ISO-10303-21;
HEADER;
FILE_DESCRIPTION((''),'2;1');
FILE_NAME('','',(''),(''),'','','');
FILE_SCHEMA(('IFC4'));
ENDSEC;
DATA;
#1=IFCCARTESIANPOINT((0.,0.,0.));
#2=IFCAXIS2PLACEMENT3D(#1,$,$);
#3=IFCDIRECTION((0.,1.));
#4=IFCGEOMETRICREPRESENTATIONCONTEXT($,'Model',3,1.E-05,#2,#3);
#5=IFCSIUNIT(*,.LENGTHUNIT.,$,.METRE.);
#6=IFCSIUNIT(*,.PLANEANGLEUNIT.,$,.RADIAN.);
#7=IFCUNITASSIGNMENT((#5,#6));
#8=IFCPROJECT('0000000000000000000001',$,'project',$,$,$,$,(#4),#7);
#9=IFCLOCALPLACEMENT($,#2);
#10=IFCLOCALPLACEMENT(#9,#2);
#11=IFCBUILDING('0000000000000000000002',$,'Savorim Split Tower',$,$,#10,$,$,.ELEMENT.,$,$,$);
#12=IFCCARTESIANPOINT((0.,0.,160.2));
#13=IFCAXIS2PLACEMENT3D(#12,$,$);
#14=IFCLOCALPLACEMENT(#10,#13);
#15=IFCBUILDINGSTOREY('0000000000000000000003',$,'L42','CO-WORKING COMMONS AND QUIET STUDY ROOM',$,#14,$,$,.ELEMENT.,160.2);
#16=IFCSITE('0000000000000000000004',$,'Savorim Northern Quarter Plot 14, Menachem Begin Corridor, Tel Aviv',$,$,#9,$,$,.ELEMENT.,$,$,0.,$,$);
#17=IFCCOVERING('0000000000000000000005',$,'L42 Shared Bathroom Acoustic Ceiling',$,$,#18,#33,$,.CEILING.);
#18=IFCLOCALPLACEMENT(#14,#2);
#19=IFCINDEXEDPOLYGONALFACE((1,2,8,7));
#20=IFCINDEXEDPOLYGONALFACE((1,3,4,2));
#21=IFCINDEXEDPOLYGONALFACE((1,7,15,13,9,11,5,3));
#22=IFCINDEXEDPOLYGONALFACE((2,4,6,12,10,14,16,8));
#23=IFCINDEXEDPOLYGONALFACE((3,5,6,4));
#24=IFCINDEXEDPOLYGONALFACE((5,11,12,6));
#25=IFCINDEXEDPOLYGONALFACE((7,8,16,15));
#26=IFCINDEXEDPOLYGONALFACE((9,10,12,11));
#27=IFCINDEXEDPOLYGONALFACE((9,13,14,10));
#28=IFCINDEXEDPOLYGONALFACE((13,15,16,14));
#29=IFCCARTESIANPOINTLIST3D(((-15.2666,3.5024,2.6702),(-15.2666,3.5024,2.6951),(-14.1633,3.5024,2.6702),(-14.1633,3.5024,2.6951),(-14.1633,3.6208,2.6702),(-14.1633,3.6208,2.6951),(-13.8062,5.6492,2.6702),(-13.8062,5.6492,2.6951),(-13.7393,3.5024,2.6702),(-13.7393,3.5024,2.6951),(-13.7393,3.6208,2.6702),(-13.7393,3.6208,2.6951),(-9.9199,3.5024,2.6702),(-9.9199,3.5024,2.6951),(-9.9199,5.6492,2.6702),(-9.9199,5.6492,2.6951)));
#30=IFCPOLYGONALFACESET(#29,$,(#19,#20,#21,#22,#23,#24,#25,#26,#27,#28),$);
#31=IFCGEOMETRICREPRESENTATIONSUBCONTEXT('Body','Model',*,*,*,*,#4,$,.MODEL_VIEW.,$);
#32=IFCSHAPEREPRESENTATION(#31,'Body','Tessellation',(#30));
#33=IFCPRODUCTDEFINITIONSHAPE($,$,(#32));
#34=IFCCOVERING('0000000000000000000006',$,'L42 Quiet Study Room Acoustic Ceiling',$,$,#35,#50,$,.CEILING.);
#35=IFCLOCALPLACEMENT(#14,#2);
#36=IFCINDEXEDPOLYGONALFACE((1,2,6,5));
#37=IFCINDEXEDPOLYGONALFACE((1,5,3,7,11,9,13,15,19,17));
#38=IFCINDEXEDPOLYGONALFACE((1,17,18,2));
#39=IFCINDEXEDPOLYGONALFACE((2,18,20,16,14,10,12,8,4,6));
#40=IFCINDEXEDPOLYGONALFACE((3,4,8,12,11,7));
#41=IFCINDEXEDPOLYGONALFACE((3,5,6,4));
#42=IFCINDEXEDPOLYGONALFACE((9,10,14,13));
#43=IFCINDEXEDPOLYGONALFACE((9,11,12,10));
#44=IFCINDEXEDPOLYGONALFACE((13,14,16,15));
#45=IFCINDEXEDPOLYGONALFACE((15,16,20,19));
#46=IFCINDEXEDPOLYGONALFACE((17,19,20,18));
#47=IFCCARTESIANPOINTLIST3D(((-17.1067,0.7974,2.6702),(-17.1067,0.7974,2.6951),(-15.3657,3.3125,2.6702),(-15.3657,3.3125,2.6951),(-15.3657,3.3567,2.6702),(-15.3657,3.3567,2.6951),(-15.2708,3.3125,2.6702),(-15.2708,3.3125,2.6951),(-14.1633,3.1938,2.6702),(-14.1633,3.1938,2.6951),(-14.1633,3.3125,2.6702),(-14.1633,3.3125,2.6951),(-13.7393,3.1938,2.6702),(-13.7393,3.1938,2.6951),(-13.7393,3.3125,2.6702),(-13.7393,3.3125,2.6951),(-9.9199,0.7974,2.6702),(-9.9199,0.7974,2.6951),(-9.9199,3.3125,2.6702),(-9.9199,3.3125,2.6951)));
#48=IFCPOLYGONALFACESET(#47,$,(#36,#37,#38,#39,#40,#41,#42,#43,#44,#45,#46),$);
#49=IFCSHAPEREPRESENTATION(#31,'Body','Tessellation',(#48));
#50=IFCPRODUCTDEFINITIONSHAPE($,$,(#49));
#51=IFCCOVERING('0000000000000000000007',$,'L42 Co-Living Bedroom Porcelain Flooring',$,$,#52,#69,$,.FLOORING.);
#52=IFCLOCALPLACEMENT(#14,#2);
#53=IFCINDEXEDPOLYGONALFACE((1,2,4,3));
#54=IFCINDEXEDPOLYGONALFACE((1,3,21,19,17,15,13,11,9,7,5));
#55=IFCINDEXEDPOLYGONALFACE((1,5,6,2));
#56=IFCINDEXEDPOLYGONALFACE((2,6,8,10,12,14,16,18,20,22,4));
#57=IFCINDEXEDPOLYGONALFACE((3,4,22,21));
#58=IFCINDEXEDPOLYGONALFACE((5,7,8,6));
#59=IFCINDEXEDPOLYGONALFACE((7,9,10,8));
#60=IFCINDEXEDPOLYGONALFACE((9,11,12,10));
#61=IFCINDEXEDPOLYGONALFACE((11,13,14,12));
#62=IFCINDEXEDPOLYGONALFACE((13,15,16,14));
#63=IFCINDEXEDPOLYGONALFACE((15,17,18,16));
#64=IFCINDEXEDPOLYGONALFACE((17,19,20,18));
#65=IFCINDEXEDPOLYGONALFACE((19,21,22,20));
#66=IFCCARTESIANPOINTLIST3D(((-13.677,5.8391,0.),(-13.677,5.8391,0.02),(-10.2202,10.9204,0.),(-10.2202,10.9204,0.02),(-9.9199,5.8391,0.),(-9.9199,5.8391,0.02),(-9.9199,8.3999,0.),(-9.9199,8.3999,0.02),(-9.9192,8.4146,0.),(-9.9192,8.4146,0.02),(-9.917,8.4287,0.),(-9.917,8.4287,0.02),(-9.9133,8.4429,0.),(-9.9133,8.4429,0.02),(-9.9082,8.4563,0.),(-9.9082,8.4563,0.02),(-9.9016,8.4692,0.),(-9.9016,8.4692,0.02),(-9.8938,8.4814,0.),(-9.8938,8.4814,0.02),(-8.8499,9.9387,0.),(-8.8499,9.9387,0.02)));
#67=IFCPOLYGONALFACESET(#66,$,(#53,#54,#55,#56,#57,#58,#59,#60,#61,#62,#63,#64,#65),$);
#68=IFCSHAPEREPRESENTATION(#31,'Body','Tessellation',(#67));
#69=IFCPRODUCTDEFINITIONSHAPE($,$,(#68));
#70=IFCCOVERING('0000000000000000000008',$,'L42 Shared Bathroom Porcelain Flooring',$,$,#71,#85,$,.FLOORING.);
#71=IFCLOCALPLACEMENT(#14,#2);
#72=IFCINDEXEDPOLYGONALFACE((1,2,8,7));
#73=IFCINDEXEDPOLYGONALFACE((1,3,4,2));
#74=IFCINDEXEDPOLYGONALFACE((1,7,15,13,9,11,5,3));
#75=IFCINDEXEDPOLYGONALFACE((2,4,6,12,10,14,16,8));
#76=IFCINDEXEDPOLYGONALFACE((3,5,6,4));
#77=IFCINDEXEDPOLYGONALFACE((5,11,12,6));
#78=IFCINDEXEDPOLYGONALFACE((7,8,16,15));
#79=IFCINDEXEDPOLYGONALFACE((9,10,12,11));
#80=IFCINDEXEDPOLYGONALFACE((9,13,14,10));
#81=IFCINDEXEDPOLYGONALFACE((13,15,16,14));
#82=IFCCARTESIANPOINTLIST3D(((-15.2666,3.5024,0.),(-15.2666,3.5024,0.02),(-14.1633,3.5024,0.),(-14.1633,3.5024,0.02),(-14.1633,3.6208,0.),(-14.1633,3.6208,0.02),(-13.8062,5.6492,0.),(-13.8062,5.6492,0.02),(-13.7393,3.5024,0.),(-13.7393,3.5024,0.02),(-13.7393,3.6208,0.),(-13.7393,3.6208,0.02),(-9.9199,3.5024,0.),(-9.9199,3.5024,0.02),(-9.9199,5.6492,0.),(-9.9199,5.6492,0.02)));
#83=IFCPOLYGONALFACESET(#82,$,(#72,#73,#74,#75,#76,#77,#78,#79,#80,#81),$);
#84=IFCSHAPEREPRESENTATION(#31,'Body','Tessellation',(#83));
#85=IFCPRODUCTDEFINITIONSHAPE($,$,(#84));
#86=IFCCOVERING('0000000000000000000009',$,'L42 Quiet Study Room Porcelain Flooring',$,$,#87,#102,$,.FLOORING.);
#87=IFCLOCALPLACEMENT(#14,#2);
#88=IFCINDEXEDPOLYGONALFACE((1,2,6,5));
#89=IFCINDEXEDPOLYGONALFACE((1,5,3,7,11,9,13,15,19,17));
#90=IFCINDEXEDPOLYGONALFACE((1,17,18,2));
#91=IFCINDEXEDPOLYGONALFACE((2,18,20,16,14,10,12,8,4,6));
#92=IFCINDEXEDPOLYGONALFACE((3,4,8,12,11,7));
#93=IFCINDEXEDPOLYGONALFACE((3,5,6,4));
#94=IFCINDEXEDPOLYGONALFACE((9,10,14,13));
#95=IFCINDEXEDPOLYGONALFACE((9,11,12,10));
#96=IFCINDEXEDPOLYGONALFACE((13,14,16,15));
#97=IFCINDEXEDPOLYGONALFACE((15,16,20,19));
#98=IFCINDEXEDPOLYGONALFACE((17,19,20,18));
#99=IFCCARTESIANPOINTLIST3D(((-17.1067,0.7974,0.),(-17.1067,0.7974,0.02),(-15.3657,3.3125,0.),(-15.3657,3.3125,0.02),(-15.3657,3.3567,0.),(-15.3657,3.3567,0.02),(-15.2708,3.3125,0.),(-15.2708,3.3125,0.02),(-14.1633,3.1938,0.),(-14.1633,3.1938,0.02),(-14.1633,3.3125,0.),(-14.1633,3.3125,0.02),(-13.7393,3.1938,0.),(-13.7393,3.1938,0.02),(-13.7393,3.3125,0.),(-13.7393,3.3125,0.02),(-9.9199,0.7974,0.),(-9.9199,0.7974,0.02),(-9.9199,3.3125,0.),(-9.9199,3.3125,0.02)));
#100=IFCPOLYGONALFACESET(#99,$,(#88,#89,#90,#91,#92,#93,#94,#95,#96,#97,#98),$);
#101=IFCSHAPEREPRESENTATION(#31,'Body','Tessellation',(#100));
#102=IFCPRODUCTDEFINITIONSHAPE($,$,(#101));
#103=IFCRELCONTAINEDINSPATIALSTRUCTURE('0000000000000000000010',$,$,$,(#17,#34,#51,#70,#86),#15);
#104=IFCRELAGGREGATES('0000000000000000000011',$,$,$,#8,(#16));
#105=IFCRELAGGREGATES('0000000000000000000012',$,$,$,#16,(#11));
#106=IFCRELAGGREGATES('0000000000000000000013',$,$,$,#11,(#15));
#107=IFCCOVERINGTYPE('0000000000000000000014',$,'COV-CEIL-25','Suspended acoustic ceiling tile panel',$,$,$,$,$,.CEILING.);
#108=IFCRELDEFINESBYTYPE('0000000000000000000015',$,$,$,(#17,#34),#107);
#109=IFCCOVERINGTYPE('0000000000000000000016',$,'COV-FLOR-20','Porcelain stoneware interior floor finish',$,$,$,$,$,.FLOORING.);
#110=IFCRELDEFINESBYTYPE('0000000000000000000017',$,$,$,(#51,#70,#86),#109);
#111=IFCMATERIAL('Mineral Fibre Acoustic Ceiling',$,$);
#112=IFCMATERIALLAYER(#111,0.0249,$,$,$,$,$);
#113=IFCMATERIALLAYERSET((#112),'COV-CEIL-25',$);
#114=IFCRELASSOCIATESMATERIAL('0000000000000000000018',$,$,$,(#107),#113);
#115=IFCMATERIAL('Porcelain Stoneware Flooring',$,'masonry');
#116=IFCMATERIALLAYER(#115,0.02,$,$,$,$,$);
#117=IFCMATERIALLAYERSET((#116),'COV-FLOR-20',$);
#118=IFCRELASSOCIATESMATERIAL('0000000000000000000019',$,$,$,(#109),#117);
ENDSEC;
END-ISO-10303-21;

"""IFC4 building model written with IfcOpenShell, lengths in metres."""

from ifc_helpers import new_model, si_unit, direction, frame, origin, place, context, subcontext, project, spatial, polyline, outline, extrude, material, layer, layer_set, type_object, element, save


model = new_model("IFC4")

# Units and contexts
model_context = context("Model", 3, precision=1e-05, world=origin(), true_north=direction((0.0, 1.0)))
body_context = subcontext(model_context, "Body", "Model", "MODEL_VIEW")
ifc_project = project(units=[si_unit("LENGTHUNIT", "METRE"), si_unit("PLANEANGLEUNIT", "RADIAN")], contexts=[model_context])

# Site, building, storey
site_placement = place(None, origin())
site = spatial("IfcSite", under=ifc_project, at=site_placement, Name="Savorim Northern Quarter Plot 14, Menachem Begin Corridor, Tel Aviv", CompositionType="ELEMENT", RefElevation=0.0)
building_placement = place(site_placement, origin())
building = spatial("IfcBuilding", under=site, at=building_placement, Name="Savorim Split Tower", CompositionType="ELEMENT")
storey_placement = place(building_placement, frame((0.0, 0.0, 160.2)))
storey = spatial("IfcBuildingStorey", under=building, at=storey_placement, Name="L42", Description="CO-WORKING COMMONS AND QUIET STUDY ROOM", CompositionType="ELEMENT", Elevation=160.2)

# Coverings
ifc_material_1 = material(Name="Mineral Fibre Acoustic Ceiling")
ifc_layer_1 = layer(ifc_material_1, 0.0249)
ifc_layer_set_1 = layer_set([ifc_layer_1], Name="COV-CEIL-25")
covering_type_1 = type_object("IfcCoveringType", Name="COV-CEIL-25", Description="Suspended acoustic ceiling tile panel", PredefinedType="CEILING", material=ifc_layer_set_1)
covering_1_placement = place(storey_placement, frame((0.0, 0.0, 2.6702)))
element("IfcCovering", 1, at=covering_1_placement, inside=storey, type_object=covering_type_1, Name="L42 Shared Bathroom Acoustic Ceiling", PredefinedType="CEILING", context=body_context, shape_type="SweptSolid", body=[
    extrude(outline(polyline([(-13.7393, 3.6208), (-13.7393, 3.5024), (-9.9199, 3.5024), (-9.9199, 5.6492), (-13.8062, 5.6492), (-15.2666, 3.5024), (-14.1633, 3.5024), (-14.1633, 3.6208), (-13.7393, 3.6208)])), origin(), (0.0, 0.0, 1.0), 0.0249),
])
covering_2_placement = place(storey_placement, frame((0.0, 0.0, 2.6702)))
element("IfcCovering", 2, at=covering_2_placement, inside=storey, type_object=covering_type_1, Name="L42 Quiet Study Room Acoustic Ceiling", PredefinedType="CEILING", context=body_context, shape_type="SweptSolid", body=[
    extrude(outline(polyline([(-14.1633, 3.3125), (-15.2708, 3.3125), (-15.3657, 3.3125), (-15.3657, 3.3567), (-17.1067, 0.7974), (-9.9199, 0.7974), (-9.9199, 3.3125), (-13.7393, 3.3125), (-13.7393, 3.1938), (-14.1633, 3.1938), (-14.1633, 3.3125)])), origin(), (0.0, 0.0, 1.0), 0.0249),
])
ifc_material_2 = material(Name="Porcelain Stoneware Flooring", Category="masonry")
ifc_layer_2 = layer(ifc_material_2, 0.02)
ifc_layer_set_2 = layer_set([ifc_layer_2], Name="COV-FLOR-20")
covering_type_2 = type_object("IfcCoveringType", Name="COV-FLOR-20", Description="Porcelain stoneware interior floor finish", PredefinedType="FLOORING", material=ifc_layer_set_2)
covering_3_placement = place(storey_placement, origin())
element("IfcCovering", 3, at=covering_3_placement, inside=storey, type_object=covering_type_2, Name="L42 Co-Living Bedroom Porcelain Flooring", PredefinedType="FLOORING", context=body_context, shape_type="SweptSolid", body=[
    extrude(outline(polyline([(-9.9082, 8.4563), (-9.9016, 8.4692), (-9.8938, 8.4814), (-8.8499, 9.9387), (-10.2202, 10.9204), (-13.677, 5.8391), (-9.9199, 5.8391), (-9.9199, 8.3999), (-9.9192, 8.4146), (-9.917, 8.4287), (-9.9133, 8.4429), (-9.9082, 8.4563)])), origin(), (0.0, 0.0, 1.0), 0.02),
])
covering_4_placement = place(storey_placement, origin())
element("IfcCovering", 4, at=covering_4_placement, inside=storey, type_object=covering_type_2, Name="L42 Shared Bathroom Porcelain Flooring", PredefinedType="FLOORING", context=body_context, shape_type="SweptSolid", body=[
    extrude(outline(polyline([(-13.7393, 3.6208), (-13.7393, 3.5024), (-9.9199, 3.5024), (-9.9199, 5.6492), (-13.8062, 5.6492), (-15.2666, 3.5024), (-14.1633, 3.5024), (-14.1633, 3.6208), (-13.7393, 3.6208)])), origin(), (0.0, 0.0, 1.0), 0.02),
])
covering_5_placement = place(storey_placement, origin())
element("IfcCovering", 5, at=covering_5_placement, inside=storey, type_object=covering_type_2, Name="L42 Quiet Study Room Porcelain Flooring", PredefinedType="FLOORING", context=body_context, shape_type="SweptSolid", body=[
    extrude(outline(polyline([(-14.1633, 3.3125), (-15.2708, 3.3125), (-15.3657, 3.3125), (-15.3657, 3.3567), (-17.1067, 0.7974), (-9.9199, 0.7974), (-9.9199, 3.3125), (-13.7393, 3.3125), (-13.7393, 3.1938), (-14.1633, 3.1938), (-14.1633, 3.3125)])), origin(), (0.0, 0.0, 1.0), 0.02),
])

save(model, "model.ifc")
